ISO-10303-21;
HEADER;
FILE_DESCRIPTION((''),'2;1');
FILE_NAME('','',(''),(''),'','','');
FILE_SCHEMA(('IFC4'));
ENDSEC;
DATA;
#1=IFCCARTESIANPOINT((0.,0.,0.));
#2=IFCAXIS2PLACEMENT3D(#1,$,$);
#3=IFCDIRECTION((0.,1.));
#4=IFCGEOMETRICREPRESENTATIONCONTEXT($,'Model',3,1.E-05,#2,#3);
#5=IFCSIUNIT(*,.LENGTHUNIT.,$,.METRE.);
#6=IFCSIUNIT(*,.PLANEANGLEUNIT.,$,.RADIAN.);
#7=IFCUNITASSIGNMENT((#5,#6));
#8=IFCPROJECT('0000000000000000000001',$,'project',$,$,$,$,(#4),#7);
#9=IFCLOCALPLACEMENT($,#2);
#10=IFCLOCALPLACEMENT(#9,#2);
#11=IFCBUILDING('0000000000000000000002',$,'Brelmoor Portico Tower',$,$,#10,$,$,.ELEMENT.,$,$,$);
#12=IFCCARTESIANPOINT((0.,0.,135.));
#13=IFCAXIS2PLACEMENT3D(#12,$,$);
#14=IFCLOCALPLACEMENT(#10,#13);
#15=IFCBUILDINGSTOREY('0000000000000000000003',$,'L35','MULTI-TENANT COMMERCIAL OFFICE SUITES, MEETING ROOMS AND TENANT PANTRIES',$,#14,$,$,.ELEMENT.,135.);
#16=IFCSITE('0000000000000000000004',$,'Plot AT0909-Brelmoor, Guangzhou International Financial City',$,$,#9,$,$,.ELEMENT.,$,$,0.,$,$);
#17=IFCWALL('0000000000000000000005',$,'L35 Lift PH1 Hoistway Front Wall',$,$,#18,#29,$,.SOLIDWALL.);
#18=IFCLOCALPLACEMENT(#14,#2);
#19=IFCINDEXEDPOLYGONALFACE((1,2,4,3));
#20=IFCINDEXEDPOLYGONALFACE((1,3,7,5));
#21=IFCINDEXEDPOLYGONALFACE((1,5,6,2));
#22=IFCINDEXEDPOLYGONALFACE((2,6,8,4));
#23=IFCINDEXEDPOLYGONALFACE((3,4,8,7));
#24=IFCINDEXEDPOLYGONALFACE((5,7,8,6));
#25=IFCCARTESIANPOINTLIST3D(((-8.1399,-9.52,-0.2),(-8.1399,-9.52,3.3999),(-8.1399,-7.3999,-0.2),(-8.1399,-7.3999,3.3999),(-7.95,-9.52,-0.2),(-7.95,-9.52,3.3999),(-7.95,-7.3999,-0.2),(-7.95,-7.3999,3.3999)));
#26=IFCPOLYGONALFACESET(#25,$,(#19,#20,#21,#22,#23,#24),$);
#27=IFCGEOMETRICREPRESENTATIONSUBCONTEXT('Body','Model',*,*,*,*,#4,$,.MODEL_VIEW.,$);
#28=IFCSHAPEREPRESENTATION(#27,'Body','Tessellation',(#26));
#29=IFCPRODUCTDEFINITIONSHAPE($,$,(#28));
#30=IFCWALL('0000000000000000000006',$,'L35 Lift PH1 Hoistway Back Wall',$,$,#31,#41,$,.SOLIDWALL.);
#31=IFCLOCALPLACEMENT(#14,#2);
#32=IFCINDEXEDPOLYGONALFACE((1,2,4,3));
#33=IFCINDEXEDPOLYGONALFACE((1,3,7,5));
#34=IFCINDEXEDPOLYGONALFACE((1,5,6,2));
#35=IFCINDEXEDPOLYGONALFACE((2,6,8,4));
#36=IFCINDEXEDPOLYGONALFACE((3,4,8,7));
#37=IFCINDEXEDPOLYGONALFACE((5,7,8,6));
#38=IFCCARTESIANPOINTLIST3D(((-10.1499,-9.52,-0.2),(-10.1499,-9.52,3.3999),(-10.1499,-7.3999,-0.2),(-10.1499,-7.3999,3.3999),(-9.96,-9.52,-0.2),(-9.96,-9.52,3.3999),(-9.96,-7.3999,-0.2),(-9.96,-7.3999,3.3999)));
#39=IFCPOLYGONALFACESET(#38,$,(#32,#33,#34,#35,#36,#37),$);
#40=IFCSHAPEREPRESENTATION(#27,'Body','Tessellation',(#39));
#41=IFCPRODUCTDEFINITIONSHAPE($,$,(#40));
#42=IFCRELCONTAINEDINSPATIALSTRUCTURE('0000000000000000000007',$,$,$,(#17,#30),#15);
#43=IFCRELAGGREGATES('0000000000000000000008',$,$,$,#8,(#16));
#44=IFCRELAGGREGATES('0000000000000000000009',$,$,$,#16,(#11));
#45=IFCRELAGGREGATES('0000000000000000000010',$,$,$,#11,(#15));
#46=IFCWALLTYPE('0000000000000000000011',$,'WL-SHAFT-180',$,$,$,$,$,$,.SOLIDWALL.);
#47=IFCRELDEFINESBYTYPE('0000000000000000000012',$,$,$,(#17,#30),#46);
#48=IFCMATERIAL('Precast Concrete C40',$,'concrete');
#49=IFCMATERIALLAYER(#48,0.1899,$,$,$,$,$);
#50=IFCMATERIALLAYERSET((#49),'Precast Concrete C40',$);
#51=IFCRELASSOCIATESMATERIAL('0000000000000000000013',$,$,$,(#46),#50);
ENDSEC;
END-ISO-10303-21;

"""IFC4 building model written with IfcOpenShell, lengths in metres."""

from ifc_helpers import new_model, si_unit, direction, frame, frame_2d, origin, place, context, subcontext, project, spatial, rectangle, extrude, material, layer, layer_set, type_object, element, save


model = new_model("IFC4")

# Units and contexts
model_context = context("Model", 3, precision=1e-05, world=origin(), true_north=direction((0.0, 1.0)))
body_context = subcontext(model_context, "Body", "Model", "MODEL_VIEW")
ifc_project = project(units=[si_unit("LENGTHUNIT", "METRE"), si_unit("PLANEANGLEUNIT", "RADIAN")], contexts=[model_context])

# Site, building, storey
site_placement = place(None, origin())
site = spatial("IfcSite", under=ifc_project, at=site_placement, Name="Plot AT0909-Brelmoor, Guangzhou International Financial City", CompositionType="ELEMENT", RefElevation=0.0)
building_placement = place(site_placement, origin())
building = spatial("IfcBuilding", under=site, at=building_placement, Name="Brelmoor Portico Tower", CompositionType="ELEMENT")
storey_placement = place(building_placement, frame((0.0, 0.0, 135.0)))
storey = spatial("IfcBuildingStorey", under=building, at=storey_placement, Name="L35", Description="MULTI-TENANT COMMERCIAL OFFICE SUITES, MEETING ROOMS AND TENANT PANTRIES", CompositionType="ELEMENT", Elevation=135.0)

# Walls
ifc_material_1 = material(Name="Precast Concrete C40", Category="concrete")
ifc_layer_1 = layer(ifc_material_1, 0.1899)
ifc_layer_set_1 = layer_set([ifc_layer_1], Name="Precast Concrete C40")
wall_type_1 = type_object("IfcWallType", Name="WL-SHAFT-180", PredefinedType="SOLIDWALL", material=ifc_layer_set_1)
for number, where, z_axis, x_axis, name in (
    (1, (-8.0449, -9.52, -0.2), (0.0, 0.0, 1.0), (0.0, 1.0, 0.0), "L35 Lift PH1 Hoistway Front Wall"),
    (2, (-10.0549, -9.52, -0.2), (0.0, 0.0, 1.0), (0.0, 1.0, 0.0), "L35 Lift PH1 Hoistway Back Wall"),
):
    element("IfcWall", number, at=place(storey_placement, frame(where, z_axis=z_axis, x_axis=x_axis)), inside=storey, type_object=wall_type_1, Name=name, PredefinedType="SOLIDWALL", context=body_context, shape_type="SweptSolid", body=[
        extrude(rectangle(XDim=2.1201, YDim=0.1899, at=frame_2d((1.0601, 0.0))), origin(), (0.0, 0.0, 1.0), 3.5999),
    ])

save(model, "model.ifc")
